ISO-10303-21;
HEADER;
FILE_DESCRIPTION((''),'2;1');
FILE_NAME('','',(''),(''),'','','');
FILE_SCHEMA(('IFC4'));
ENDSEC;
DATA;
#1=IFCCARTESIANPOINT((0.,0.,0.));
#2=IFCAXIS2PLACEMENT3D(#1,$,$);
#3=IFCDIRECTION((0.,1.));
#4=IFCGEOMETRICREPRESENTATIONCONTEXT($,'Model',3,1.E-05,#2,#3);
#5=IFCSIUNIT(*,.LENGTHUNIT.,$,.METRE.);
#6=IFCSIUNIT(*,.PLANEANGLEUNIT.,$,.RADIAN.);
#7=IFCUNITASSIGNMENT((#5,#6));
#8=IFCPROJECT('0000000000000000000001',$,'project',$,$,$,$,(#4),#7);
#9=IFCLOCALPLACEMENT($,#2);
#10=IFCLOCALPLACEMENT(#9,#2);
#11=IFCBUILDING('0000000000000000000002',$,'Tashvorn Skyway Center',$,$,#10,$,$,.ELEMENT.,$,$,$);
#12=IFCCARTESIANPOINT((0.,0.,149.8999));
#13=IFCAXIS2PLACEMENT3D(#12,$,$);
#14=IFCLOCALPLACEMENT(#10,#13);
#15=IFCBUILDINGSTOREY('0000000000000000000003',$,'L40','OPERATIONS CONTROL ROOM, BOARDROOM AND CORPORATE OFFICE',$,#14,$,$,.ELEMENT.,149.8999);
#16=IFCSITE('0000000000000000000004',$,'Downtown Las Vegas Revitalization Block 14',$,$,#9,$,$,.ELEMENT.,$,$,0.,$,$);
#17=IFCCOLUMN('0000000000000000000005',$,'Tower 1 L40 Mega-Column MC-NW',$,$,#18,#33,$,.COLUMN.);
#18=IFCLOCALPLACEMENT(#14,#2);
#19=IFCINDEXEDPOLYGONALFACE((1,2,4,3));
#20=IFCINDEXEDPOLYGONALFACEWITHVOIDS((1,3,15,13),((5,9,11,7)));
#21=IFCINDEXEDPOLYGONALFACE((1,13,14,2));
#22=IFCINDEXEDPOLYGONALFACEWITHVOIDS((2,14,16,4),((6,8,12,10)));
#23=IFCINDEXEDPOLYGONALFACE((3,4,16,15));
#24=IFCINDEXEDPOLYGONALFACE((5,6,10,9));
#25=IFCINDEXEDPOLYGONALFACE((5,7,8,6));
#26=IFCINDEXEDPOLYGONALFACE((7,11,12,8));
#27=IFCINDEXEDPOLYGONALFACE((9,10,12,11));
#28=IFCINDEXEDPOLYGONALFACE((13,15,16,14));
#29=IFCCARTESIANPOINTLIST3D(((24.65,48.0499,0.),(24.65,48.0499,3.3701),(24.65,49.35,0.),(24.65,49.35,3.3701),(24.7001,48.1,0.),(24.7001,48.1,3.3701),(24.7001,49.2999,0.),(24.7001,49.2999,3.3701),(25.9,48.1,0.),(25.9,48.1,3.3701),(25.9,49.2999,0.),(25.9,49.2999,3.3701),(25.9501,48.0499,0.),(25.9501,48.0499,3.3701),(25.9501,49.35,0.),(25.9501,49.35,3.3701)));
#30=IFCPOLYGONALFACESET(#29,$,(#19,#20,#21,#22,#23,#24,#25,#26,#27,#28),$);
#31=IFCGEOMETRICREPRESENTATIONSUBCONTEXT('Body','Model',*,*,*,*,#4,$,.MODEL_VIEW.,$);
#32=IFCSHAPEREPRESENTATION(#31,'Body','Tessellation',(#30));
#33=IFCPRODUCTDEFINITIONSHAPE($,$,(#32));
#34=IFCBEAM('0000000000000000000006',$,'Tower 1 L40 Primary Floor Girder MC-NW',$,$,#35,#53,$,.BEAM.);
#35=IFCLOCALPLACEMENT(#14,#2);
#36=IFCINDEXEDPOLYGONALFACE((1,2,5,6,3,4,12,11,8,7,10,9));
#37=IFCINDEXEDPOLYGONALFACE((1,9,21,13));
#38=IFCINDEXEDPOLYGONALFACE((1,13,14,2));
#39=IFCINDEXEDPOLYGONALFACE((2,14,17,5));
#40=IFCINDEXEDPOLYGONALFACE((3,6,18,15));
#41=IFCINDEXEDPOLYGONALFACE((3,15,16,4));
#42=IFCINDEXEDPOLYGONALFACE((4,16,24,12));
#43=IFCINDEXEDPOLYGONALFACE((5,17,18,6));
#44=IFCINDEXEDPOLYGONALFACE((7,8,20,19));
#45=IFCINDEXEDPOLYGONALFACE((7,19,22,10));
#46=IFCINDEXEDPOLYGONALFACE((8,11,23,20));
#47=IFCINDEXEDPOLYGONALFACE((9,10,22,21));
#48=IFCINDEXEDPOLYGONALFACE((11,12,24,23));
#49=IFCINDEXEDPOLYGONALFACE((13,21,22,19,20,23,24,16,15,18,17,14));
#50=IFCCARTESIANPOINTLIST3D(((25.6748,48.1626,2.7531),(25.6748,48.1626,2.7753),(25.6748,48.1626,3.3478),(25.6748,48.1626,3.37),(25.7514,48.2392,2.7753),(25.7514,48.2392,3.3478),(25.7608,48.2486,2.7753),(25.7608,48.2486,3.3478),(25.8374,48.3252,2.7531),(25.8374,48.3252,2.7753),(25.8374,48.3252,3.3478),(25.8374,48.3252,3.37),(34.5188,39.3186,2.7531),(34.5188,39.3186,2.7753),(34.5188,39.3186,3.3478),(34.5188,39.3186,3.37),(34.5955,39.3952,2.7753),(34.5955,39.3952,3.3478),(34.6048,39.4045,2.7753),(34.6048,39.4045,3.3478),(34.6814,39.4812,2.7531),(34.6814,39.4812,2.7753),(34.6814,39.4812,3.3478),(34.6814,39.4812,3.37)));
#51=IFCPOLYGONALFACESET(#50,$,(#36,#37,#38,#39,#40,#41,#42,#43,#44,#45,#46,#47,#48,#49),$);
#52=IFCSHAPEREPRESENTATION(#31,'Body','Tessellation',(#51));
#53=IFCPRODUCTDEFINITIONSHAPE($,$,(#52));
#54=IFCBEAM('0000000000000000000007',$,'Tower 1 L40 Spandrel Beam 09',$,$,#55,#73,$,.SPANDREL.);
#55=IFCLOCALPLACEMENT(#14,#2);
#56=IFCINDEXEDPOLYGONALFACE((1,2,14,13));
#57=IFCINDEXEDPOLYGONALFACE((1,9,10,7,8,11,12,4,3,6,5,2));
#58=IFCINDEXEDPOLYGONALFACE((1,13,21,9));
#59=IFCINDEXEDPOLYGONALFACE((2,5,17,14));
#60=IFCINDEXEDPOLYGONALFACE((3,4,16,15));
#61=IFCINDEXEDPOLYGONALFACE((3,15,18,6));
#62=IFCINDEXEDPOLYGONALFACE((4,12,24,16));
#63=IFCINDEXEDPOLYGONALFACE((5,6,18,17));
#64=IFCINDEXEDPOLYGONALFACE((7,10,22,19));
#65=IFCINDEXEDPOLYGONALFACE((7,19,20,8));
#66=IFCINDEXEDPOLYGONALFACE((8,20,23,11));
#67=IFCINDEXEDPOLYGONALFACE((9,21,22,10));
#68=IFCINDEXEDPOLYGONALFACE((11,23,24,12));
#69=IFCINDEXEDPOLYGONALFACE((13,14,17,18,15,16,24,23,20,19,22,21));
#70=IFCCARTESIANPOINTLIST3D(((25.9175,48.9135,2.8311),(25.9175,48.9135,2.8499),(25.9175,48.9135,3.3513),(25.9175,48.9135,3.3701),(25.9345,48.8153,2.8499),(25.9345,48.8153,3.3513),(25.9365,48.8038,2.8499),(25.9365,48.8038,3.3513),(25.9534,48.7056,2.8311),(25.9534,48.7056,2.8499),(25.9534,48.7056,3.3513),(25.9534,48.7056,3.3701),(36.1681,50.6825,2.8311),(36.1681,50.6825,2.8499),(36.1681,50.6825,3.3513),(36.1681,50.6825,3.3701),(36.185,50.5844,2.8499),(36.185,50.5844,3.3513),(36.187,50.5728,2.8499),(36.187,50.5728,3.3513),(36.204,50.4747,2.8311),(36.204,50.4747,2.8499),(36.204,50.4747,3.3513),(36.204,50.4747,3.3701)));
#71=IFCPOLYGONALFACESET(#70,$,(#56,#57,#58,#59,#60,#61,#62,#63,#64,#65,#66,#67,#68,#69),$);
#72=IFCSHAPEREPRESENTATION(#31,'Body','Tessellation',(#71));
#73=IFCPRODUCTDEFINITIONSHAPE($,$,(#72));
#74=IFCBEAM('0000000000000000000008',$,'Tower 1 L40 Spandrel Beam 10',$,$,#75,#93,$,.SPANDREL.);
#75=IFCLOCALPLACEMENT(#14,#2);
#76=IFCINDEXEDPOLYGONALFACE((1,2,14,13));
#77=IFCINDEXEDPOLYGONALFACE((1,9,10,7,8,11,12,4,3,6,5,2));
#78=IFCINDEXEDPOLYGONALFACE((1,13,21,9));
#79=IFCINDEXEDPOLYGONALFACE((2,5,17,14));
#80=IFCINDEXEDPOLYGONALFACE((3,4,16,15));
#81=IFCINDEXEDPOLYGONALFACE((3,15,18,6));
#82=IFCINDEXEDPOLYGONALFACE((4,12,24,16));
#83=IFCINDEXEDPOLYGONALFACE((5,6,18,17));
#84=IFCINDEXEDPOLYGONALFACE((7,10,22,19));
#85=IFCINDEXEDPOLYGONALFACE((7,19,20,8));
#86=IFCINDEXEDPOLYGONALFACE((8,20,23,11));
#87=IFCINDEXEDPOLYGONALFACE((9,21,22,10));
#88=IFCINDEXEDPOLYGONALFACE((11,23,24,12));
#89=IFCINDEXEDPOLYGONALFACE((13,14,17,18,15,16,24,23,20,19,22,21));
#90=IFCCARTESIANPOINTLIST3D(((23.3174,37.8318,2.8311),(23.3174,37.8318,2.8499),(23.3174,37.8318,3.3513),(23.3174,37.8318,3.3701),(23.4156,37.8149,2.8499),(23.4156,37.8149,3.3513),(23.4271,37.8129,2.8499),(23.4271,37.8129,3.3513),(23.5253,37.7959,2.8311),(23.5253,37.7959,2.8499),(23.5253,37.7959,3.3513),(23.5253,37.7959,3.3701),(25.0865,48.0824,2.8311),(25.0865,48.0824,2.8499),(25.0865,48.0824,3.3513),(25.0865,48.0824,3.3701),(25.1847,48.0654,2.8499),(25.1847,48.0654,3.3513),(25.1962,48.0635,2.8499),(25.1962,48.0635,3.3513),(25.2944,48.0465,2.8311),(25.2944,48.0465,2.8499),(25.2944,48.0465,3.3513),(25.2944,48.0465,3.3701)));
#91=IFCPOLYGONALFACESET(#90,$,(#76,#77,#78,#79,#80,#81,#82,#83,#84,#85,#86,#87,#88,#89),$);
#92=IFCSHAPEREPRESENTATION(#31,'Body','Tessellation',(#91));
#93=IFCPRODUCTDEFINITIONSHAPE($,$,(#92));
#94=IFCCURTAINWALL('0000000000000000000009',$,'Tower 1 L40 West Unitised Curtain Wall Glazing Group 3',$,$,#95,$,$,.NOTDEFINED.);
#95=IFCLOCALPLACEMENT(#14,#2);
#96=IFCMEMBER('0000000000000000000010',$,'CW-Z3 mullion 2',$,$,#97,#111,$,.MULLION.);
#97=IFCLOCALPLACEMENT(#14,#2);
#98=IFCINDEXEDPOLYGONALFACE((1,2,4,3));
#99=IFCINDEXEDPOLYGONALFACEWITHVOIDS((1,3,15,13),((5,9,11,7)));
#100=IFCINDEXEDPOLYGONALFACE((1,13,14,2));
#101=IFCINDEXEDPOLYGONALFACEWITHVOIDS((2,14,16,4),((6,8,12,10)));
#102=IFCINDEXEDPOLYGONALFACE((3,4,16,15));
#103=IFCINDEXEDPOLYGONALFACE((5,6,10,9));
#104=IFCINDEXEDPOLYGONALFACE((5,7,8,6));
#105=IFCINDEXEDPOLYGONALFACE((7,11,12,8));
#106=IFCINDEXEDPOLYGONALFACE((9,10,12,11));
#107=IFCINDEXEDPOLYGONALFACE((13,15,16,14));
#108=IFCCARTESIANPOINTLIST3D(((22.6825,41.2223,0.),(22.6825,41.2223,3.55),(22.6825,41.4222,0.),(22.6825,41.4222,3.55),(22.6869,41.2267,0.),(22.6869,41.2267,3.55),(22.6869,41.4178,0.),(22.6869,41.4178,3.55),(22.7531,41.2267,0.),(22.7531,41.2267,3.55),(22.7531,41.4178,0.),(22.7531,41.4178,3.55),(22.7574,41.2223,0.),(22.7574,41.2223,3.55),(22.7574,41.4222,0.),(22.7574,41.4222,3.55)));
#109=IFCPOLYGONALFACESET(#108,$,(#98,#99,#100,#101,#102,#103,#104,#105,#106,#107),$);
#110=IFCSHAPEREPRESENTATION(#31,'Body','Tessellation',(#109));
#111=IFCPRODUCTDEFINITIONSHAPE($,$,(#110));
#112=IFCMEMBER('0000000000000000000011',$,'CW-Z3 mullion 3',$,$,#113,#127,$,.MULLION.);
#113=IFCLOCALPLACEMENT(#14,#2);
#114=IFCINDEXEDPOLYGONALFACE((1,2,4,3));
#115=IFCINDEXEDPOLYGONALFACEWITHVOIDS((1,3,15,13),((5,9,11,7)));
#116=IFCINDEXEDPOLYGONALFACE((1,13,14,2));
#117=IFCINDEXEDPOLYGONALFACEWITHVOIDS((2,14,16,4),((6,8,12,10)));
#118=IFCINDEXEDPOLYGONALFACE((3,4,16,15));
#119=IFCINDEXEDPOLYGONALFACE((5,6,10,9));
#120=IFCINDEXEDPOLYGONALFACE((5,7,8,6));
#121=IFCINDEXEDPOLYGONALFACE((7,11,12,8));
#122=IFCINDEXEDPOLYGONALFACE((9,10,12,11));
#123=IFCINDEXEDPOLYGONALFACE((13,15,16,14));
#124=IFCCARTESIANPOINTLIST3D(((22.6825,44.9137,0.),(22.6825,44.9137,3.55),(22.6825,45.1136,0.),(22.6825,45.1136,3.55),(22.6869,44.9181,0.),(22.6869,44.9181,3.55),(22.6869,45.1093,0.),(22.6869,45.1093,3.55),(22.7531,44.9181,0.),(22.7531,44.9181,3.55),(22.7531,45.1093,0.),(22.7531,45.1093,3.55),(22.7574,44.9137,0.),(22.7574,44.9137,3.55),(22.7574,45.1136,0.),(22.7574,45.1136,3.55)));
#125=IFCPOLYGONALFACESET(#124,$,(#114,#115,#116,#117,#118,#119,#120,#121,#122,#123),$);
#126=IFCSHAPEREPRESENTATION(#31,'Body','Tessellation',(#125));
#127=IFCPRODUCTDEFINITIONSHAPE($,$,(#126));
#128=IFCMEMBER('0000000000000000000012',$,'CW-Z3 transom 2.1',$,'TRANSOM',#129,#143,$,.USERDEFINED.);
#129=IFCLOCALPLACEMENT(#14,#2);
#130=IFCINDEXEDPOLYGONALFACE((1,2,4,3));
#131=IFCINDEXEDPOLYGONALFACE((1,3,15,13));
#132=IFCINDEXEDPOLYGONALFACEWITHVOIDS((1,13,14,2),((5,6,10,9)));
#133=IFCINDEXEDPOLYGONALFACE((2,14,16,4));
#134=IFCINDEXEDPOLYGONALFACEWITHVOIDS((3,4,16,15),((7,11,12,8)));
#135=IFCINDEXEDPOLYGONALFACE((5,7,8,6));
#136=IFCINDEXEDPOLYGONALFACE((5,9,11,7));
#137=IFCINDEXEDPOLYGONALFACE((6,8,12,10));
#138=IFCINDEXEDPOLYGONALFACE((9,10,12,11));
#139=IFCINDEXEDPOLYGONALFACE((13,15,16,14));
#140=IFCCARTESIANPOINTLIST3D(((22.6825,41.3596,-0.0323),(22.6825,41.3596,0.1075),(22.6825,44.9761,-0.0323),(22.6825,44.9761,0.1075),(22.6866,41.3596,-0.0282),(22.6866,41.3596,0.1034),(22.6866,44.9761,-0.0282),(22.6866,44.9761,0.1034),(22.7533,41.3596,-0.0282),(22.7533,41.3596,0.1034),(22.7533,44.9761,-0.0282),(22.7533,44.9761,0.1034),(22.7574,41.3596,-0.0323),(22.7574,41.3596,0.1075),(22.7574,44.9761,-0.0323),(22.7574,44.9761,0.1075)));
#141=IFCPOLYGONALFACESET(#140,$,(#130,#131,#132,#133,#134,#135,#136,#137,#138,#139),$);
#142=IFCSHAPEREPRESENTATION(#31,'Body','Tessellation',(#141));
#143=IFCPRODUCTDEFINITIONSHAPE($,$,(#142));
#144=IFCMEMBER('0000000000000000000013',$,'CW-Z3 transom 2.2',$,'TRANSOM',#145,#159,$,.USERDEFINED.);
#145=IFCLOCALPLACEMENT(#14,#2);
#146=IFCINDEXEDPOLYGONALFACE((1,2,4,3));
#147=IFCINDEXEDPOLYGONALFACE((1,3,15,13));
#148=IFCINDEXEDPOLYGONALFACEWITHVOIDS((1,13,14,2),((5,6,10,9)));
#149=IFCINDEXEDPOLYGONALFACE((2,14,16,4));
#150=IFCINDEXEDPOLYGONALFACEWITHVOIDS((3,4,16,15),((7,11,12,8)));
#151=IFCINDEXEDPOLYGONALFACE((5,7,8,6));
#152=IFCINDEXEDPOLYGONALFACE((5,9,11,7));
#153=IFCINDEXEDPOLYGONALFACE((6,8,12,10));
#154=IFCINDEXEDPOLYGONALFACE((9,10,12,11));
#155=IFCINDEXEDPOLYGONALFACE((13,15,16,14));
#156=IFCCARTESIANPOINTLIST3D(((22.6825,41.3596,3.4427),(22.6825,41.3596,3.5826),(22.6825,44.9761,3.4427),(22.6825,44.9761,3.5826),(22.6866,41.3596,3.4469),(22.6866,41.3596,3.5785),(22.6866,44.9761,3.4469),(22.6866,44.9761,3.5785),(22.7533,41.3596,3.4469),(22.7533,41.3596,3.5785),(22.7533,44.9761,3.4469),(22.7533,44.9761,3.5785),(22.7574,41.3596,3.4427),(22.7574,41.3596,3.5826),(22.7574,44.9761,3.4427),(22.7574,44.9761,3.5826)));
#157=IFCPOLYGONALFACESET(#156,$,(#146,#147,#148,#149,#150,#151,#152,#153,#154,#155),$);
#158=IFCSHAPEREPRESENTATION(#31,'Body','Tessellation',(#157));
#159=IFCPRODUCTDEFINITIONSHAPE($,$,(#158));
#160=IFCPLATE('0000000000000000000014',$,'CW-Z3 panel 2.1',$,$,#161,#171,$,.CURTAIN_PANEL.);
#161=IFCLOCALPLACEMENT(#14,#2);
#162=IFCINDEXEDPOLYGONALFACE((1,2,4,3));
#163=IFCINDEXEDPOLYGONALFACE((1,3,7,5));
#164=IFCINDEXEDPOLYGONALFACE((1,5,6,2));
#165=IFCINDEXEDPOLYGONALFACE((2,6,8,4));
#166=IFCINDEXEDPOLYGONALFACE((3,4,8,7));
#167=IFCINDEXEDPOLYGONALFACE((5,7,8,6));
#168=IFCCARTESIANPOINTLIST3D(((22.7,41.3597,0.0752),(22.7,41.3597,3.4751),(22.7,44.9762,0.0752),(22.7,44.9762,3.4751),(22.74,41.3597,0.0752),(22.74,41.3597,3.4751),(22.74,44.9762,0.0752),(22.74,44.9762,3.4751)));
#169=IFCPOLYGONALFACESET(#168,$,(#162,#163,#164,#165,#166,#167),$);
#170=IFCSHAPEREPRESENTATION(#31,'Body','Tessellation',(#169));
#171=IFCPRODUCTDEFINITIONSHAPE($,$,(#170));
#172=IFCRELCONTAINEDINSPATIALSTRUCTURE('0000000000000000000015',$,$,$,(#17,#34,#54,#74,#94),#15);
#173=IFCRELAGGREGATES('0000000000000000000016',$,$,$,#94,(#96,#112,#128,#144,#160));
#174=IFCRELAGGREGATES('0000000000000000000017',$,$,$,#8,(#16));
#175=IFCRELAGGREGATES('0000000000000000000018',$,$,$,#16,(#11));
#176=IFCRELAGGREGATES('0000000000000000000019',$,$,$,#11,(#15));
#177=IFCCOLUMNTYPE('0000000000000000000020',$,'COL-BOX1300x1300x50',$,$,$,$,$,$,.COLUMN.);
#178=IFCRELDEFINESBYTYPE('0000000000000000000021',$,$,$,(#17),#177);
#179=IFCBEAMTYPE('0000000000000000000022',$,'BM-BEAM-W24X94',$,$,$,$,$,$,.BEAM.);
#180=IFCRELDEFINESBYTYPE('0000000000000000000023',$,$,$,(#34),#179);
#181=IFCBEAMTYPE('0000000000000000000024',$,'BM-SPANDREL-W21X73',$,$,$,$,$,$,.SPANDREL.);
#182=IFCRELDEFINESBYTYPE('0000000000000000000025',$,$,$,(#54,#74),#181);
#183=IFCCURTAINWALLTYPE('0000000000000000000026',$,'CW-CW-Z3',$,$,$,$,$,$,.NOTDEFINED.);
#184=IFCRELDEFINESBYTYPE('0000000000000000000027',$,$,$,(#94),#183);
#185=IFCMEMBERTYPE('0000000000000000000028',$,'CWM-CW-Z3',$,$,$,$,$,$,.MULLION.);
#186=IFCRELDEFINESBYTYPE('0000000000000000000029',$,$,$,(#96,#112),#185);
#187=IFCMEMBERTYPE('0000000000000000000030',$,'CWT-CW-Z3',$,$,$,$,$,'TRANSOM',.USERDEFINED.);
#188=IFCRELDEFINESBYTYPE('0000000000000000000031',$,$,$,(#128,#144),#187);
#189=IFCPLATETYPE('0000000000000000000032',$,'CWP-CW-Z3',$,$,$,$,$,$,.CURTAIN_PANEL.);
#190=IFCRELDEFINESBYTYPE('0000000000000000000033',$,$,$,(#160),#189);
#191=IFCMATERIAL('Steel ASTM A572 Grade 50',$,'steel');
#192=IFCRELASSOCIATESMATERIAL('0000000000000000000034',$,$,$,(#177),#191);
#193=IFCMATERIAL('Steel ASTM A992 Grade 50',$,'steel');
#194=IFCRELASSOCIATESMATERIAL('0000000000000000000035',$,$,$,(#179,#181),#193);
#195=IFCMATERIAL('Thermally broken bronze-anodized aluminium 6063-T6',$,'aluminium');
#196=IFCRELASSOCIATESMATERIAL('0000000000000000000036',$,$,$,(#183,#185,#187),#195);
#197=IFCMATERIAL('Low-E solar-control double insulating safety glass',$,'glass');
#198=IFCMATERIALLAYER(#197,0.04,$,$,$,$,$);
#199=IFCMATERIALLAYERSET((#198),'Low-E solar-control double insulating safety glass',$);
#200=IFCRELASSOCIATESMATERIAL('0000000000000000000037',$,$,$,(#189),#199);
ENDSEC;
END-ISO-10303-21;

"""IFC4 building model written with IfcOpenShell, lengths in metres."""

from ifc_helpers import new_model, si_unit, direction, frame, origin, origin_2d, place, context, subcontext, project, spatial, rectangle, hollow_rectangle, i_section, extrude, material, layer, layer_set, material_profile, profile_set, type_object, element, aggregate, save


model = new_model("IFC4")

# Units and contexts
model_context = context("Model", 3, precision=1e-05, world=origin(), true_north=direction((0.0, 1.0)))
body_context = subcontext(model_context, "Body", "Model", "MODEL_VIEW")
ifc_project = project(units=[si_unit("LENGTHUNIT", "METRE"), si_unit("PLANEANGLEUNIT", "RADIAN")], contexts=[model_context])

# Site, building, storey
site_placement = place(None, origin())
site = spatial("IfcSite", under=ifc_project, at=site_placement, Name="Downtown Las Vegas Revitalization Block 14", CompositionType="ELEMENT", RefElevation=0.0)
building_placement = place(site_placement, origin())
building = spatial("IfcBuilding", under=site, at=building_placement, Name="Tashvorn Skyway Center", CompositionType="ELEMENT")
storey_placement = place(building_placement, frame((0.0, 0.0, 149.8999)))
storey = spatial("IfcBuildingStorey", under=building, at=storey_placement, Name="L40", Description="OPERATIONS CONTROL ROOM, BOARDROOM AND CORPORATE OFFICE", CompositionType="ELEMENT", Elevation=149.8999)

# Column
ifc_material_1 = material(Name="Steel ASTM A572 Grade 50", Category="steel")
ifc_material_profile_1 = material_profile(ifc_material_1, hollow_rectangle(XDim=1.3, YDim=1.3, WallThickness=0.05, at=origin_2d()), Name="BOX1300x1300x50")
ifc_profile_set_1 = profile_set([ifc_material_profile_1], Name="Steel ASTM A572 Grade 50")
column_type = type_object("IfcColumnType", Name="COL-BOX1300x1300x50", PredefinedType="COLUMN", material=ifc_profile_set_1)
column_placement = place(storey_placement, frame((25.3, 48.7, 0.0), z_axis=(0.0, 0.0, 1.0), x_axis=(1.0, 0.0, 0.0)))
element("IfcColumn", 1, at=column_placement, inside=storey, type_object=column_type, Name="Tower 1 L40 Mega-Column MC-NW", PredefinedType="COLUMN", context=body_context, shape_type="SweptSolid", body=[
    extrude(hollow_rectangle(XDim=1.3, YDim=1.3, WallThickness=0.05, at=origin_2d()), origin(), (0.0, 0.0, 1.0), 3.3701),
])

# Beams
ifc_material_2 = material(Name="Steel ASTM A992 Grade 50", Category="steel")
ifc_material_profile_2 = material_profile(ifc_material_2, i_section(OverallWidth=0.23, OverallDepth=0.6169, WebThickness=0.0132, FlangeThickness=0.0222, at=origin_2d()), Name="W24X94")
ifc_profile_set_2 = profile_set([ifc_material_profile_2], Name="Steel ASTM A992 Grade 50")
beam_type_1 = type_object("IfcBeamType", Name="BM-BEAM-W24X94", PredefinedType="BEAM", material=ifc_profile_set_2)
beam_placement = place(storey_placement, frame((25.7561, 48.2439, 3.0615), z_axis=(0.707107, -0.707107, 0.0), x_axis=(0.707107, 0.707107, 0.0)))
element("IfcBeam", 2, at=beam_placement, inside=storey, type_object=beam_type_1, Name="Tower 1 L40 Primary Floor Girder MC-NW", PredefinedType="BEAM", context=body_context, shape_type="SweptSolid", body=[
    extrude(i_section(OverallWidth=0.23, OverallDepth=0.6169, WebThickness=0.0132, FlangeThickness=0.0222, at=origin_2d()), origin(), (0.0, 0.0, 1.0), 12.5073),
])
ifc_material_profile_3 = material_profile(ifc_material_2, i_section(OverallWidth=0.2109, OverallDepth=0.5391, WebThickness=0.0117, FlangeThickness=0.0188, at=origin_2d()), Name="W21X73")
ifc_profile_set_3 = profile_set([ifc_material_profile_3], Name="Steel ASTM A992 Grade 50")
beam_type_2 = type_object("IfcBeamType", Name="BM-SPANDREL-W21X73", PredefinedType="SPANDREL", material=ifc_profile_set_3)
for number, where, z_axis, x_axis, name in (
    (3, (36.186, 50.5786, 3.1006), (-0.985432, -0.170067, 0.0), (0.170067, -0.985432, 0.0), "Tower 1 L40 Spandrel Beam 09"),
    (4, (25.1904, 48.0645, 3.1006), (-0.170067, -0.985432, 0.0), (0.985432, -0.170067, 0.0), "Tower 1 L40 Spandrel Beam 10"),
):
    element("IfcBeam", number, at=place(storey_placement, frame(where, z_axis=z_axis, x_axis=x_axis)), inside=storey, type_object=beam_type_2, Name=name, PredefinedType="SPANDREL", context=body_context, shape_type="SweptSolid", body=[
        extrude(i_section(OverallWidth=0.2109, OverallDepth=0.5391, WebThickness=0.0117, FlangeThickness=0.0188, at=origin_2d()), origin(), (0.0, 0.0, 1.0), 10.4021),
    ])

# Curtain wall, members, plate
ifc_material_3 = material(Name="Thermally broken bronze-anodized aluminium 6063-T6", Category="aluminium")
curtain_wall_type = type_object("IfcCurtainWallType", Name="CW-CW-Z3", PredefinedType="NOTDEFINED", material=ifc_material_3)
curtain_wall_placement = place(storey_placement, origin())
curtain_wall = element("IfcCurtainWall", 5, at=curtain_wall_placement, inside=storey, type_object=curtain_wall_type, Name="Tower 1 L40 West Unitised Curtain Wall Glazing Group 3", PredefinedType="NOTDEFINED")
ifc_material_profile_4 = material_profile(ifc_material_3, hollow_rectangle(XDim=0.075, YDim=0.2, WallThickness=0.0044, at=origin_2d()), Name="ALU-MULL-75x200")
ifc_profile_set_4 = profile_set([ifc_material_profile_4], Name="Thermally broken bronze-anodized aluminium 6063-T6")
member_type_1 = type_object("IfcMemberType", Name="CWM-CW-Z3", PredefinedType="MULLION", material=ifc_profile_set_4)
member_1_placement = place(storey_placement, frame((22.72, 41.3223, 0.0), z_axis=(0.0, 0.0, 1.0), x_axis=(-1.0, 0.0, 0.0)))
member_1 = element("IfcMember", 6, at=member_1_placement, type_object=member_type_1, Name="CW-Z3 mullion 2", PredefinedType="MULLION", context=body_context, shape_type="SweptSolid", body=[
    extrude(hollow_rectangle(XDim=0.075, YDim=0.2, WallThickness=0.0044, at=origin_2d()), origin(), (0.0, 0.0, 1.0), 3.55),
])
member_2_placement = place(storey_placement, frame((22.72, 45.0137, 0.0), z_axis=(0.0, 0.0, 1.0), x_axis=(-1.0, 0.0, 0.0)))
member_2 = element("IfcMember", 7, at=member_2_placement, type_object=member_type_1, Name="CW-Z3 mullion 3", PredefinedType="MULLION", context=body_context, shape_type="SweptSolid", body=[
    extrude(hollow_rectangle(XDim=0.075, YDim=0.2, WallThickness=0.0044, at=origin_2d()), origin(), (0.0, 0.0, 1.0), 3.55),
])
ifc_material_profile_5 = material_profile(ifc_material_3, hollow_rectangle(XDim=0.075, YDim=0.1399, WallThickness=0.0042, at=origin_2d()), Name="ALU-TRAN-75x140")
ifc_profile_set_5 = profile_set([ifc_material_profile_5], Name="Thermally broken bronze-anodized aluminium 6063-T6")
member_type_2 = type_object("IfcMemberType", Name="CWT-CW-Z3", ElementType="TRANSOM", PredefinedType="USERDEFINED", material=ifc_profile_set_5)
member_3_placement = place(storey_placement, frame((22.72, 41.3596, 0.0376), z_axis=(0.0, 1.0, 0.0), x_axis=(-1.0, 0.0, 0.0)))
member_3 = element("IfcMember", 8, at=member_3_placement, type_object=member_type_2, Name="CW-Z3 transom 2.1", ObjectType="TRANSOM", PredefinedType="USERDEFINED", context=body_context, shape_type="SweptSolid", body=[
    extrude(hollow_rectangle(XDim=0.075, YDim=0.1399, WallThickness=0.0042, at=origin_2d()), origin(), (0.0, 0.0, 1.0), 3.6165),
])
member_4_placement = place(storey_placement, frame((22.72, 41.3596, 3.5127), z_axis=(0.0, 1.0, 0.0), x_axis=(-1.0, 0.0, 0.0)))
member_4 = element("IfcMember", 9, at=member_4_placement, type_object=member_type_2, Name="CW-Z3 transom 2.2", ObjectType="TRANSOM", PredefinedType="USERDEFINED", context=body_context, shape_type="SweptSolid", body=[
    extrude(hollow_rectangle(XDim=0.075, YDim=0.1399, WallThickness=0.0042, at=origin_2d()), origin(), (0.0, 0.0, 1.0), 3.6165),
])
ifc_material_4 = material(Name="Low-E solar-control double insulating safety glass", Category="glass")
ifc_layer_1 = layer(ifc_material_4, 0.04)
ifc_layer_set_1 = layer_set([ifc_layer_1], Name="Low-E solar-control double insulating safety glass")
plate_type = type_object("IfcPlateType", Name="CWP-CW-Z3", PredefinedType="CURTAIN_PANEL", material=ifc_layer_set_1)
plate_placement = place(storey_placement, frame((22.72, 43.168, 0.0752), z_axis=(0.0, 0.0, 1.0), x_axis=(0.0, 1.0, 0.0)))
plate = element("IfcPlate", 10, at=plate_placement, type_object=plate_type, Name="CW-Z3 panel 2.1", PredefinedType="CURTAIN_PANEL", context=body_context, shape_type="SweptSolid", body=[
    extrude(rectangle(XDim=3.6165, YDim=0.04, at=origin_2d()), origin(), (0.0, 0.0, 1.0), 3.3999),
])
aggregate(curtain_wall, [member_1, member_2, member_3, member_4, plate])

save(model, "model.ifc")
